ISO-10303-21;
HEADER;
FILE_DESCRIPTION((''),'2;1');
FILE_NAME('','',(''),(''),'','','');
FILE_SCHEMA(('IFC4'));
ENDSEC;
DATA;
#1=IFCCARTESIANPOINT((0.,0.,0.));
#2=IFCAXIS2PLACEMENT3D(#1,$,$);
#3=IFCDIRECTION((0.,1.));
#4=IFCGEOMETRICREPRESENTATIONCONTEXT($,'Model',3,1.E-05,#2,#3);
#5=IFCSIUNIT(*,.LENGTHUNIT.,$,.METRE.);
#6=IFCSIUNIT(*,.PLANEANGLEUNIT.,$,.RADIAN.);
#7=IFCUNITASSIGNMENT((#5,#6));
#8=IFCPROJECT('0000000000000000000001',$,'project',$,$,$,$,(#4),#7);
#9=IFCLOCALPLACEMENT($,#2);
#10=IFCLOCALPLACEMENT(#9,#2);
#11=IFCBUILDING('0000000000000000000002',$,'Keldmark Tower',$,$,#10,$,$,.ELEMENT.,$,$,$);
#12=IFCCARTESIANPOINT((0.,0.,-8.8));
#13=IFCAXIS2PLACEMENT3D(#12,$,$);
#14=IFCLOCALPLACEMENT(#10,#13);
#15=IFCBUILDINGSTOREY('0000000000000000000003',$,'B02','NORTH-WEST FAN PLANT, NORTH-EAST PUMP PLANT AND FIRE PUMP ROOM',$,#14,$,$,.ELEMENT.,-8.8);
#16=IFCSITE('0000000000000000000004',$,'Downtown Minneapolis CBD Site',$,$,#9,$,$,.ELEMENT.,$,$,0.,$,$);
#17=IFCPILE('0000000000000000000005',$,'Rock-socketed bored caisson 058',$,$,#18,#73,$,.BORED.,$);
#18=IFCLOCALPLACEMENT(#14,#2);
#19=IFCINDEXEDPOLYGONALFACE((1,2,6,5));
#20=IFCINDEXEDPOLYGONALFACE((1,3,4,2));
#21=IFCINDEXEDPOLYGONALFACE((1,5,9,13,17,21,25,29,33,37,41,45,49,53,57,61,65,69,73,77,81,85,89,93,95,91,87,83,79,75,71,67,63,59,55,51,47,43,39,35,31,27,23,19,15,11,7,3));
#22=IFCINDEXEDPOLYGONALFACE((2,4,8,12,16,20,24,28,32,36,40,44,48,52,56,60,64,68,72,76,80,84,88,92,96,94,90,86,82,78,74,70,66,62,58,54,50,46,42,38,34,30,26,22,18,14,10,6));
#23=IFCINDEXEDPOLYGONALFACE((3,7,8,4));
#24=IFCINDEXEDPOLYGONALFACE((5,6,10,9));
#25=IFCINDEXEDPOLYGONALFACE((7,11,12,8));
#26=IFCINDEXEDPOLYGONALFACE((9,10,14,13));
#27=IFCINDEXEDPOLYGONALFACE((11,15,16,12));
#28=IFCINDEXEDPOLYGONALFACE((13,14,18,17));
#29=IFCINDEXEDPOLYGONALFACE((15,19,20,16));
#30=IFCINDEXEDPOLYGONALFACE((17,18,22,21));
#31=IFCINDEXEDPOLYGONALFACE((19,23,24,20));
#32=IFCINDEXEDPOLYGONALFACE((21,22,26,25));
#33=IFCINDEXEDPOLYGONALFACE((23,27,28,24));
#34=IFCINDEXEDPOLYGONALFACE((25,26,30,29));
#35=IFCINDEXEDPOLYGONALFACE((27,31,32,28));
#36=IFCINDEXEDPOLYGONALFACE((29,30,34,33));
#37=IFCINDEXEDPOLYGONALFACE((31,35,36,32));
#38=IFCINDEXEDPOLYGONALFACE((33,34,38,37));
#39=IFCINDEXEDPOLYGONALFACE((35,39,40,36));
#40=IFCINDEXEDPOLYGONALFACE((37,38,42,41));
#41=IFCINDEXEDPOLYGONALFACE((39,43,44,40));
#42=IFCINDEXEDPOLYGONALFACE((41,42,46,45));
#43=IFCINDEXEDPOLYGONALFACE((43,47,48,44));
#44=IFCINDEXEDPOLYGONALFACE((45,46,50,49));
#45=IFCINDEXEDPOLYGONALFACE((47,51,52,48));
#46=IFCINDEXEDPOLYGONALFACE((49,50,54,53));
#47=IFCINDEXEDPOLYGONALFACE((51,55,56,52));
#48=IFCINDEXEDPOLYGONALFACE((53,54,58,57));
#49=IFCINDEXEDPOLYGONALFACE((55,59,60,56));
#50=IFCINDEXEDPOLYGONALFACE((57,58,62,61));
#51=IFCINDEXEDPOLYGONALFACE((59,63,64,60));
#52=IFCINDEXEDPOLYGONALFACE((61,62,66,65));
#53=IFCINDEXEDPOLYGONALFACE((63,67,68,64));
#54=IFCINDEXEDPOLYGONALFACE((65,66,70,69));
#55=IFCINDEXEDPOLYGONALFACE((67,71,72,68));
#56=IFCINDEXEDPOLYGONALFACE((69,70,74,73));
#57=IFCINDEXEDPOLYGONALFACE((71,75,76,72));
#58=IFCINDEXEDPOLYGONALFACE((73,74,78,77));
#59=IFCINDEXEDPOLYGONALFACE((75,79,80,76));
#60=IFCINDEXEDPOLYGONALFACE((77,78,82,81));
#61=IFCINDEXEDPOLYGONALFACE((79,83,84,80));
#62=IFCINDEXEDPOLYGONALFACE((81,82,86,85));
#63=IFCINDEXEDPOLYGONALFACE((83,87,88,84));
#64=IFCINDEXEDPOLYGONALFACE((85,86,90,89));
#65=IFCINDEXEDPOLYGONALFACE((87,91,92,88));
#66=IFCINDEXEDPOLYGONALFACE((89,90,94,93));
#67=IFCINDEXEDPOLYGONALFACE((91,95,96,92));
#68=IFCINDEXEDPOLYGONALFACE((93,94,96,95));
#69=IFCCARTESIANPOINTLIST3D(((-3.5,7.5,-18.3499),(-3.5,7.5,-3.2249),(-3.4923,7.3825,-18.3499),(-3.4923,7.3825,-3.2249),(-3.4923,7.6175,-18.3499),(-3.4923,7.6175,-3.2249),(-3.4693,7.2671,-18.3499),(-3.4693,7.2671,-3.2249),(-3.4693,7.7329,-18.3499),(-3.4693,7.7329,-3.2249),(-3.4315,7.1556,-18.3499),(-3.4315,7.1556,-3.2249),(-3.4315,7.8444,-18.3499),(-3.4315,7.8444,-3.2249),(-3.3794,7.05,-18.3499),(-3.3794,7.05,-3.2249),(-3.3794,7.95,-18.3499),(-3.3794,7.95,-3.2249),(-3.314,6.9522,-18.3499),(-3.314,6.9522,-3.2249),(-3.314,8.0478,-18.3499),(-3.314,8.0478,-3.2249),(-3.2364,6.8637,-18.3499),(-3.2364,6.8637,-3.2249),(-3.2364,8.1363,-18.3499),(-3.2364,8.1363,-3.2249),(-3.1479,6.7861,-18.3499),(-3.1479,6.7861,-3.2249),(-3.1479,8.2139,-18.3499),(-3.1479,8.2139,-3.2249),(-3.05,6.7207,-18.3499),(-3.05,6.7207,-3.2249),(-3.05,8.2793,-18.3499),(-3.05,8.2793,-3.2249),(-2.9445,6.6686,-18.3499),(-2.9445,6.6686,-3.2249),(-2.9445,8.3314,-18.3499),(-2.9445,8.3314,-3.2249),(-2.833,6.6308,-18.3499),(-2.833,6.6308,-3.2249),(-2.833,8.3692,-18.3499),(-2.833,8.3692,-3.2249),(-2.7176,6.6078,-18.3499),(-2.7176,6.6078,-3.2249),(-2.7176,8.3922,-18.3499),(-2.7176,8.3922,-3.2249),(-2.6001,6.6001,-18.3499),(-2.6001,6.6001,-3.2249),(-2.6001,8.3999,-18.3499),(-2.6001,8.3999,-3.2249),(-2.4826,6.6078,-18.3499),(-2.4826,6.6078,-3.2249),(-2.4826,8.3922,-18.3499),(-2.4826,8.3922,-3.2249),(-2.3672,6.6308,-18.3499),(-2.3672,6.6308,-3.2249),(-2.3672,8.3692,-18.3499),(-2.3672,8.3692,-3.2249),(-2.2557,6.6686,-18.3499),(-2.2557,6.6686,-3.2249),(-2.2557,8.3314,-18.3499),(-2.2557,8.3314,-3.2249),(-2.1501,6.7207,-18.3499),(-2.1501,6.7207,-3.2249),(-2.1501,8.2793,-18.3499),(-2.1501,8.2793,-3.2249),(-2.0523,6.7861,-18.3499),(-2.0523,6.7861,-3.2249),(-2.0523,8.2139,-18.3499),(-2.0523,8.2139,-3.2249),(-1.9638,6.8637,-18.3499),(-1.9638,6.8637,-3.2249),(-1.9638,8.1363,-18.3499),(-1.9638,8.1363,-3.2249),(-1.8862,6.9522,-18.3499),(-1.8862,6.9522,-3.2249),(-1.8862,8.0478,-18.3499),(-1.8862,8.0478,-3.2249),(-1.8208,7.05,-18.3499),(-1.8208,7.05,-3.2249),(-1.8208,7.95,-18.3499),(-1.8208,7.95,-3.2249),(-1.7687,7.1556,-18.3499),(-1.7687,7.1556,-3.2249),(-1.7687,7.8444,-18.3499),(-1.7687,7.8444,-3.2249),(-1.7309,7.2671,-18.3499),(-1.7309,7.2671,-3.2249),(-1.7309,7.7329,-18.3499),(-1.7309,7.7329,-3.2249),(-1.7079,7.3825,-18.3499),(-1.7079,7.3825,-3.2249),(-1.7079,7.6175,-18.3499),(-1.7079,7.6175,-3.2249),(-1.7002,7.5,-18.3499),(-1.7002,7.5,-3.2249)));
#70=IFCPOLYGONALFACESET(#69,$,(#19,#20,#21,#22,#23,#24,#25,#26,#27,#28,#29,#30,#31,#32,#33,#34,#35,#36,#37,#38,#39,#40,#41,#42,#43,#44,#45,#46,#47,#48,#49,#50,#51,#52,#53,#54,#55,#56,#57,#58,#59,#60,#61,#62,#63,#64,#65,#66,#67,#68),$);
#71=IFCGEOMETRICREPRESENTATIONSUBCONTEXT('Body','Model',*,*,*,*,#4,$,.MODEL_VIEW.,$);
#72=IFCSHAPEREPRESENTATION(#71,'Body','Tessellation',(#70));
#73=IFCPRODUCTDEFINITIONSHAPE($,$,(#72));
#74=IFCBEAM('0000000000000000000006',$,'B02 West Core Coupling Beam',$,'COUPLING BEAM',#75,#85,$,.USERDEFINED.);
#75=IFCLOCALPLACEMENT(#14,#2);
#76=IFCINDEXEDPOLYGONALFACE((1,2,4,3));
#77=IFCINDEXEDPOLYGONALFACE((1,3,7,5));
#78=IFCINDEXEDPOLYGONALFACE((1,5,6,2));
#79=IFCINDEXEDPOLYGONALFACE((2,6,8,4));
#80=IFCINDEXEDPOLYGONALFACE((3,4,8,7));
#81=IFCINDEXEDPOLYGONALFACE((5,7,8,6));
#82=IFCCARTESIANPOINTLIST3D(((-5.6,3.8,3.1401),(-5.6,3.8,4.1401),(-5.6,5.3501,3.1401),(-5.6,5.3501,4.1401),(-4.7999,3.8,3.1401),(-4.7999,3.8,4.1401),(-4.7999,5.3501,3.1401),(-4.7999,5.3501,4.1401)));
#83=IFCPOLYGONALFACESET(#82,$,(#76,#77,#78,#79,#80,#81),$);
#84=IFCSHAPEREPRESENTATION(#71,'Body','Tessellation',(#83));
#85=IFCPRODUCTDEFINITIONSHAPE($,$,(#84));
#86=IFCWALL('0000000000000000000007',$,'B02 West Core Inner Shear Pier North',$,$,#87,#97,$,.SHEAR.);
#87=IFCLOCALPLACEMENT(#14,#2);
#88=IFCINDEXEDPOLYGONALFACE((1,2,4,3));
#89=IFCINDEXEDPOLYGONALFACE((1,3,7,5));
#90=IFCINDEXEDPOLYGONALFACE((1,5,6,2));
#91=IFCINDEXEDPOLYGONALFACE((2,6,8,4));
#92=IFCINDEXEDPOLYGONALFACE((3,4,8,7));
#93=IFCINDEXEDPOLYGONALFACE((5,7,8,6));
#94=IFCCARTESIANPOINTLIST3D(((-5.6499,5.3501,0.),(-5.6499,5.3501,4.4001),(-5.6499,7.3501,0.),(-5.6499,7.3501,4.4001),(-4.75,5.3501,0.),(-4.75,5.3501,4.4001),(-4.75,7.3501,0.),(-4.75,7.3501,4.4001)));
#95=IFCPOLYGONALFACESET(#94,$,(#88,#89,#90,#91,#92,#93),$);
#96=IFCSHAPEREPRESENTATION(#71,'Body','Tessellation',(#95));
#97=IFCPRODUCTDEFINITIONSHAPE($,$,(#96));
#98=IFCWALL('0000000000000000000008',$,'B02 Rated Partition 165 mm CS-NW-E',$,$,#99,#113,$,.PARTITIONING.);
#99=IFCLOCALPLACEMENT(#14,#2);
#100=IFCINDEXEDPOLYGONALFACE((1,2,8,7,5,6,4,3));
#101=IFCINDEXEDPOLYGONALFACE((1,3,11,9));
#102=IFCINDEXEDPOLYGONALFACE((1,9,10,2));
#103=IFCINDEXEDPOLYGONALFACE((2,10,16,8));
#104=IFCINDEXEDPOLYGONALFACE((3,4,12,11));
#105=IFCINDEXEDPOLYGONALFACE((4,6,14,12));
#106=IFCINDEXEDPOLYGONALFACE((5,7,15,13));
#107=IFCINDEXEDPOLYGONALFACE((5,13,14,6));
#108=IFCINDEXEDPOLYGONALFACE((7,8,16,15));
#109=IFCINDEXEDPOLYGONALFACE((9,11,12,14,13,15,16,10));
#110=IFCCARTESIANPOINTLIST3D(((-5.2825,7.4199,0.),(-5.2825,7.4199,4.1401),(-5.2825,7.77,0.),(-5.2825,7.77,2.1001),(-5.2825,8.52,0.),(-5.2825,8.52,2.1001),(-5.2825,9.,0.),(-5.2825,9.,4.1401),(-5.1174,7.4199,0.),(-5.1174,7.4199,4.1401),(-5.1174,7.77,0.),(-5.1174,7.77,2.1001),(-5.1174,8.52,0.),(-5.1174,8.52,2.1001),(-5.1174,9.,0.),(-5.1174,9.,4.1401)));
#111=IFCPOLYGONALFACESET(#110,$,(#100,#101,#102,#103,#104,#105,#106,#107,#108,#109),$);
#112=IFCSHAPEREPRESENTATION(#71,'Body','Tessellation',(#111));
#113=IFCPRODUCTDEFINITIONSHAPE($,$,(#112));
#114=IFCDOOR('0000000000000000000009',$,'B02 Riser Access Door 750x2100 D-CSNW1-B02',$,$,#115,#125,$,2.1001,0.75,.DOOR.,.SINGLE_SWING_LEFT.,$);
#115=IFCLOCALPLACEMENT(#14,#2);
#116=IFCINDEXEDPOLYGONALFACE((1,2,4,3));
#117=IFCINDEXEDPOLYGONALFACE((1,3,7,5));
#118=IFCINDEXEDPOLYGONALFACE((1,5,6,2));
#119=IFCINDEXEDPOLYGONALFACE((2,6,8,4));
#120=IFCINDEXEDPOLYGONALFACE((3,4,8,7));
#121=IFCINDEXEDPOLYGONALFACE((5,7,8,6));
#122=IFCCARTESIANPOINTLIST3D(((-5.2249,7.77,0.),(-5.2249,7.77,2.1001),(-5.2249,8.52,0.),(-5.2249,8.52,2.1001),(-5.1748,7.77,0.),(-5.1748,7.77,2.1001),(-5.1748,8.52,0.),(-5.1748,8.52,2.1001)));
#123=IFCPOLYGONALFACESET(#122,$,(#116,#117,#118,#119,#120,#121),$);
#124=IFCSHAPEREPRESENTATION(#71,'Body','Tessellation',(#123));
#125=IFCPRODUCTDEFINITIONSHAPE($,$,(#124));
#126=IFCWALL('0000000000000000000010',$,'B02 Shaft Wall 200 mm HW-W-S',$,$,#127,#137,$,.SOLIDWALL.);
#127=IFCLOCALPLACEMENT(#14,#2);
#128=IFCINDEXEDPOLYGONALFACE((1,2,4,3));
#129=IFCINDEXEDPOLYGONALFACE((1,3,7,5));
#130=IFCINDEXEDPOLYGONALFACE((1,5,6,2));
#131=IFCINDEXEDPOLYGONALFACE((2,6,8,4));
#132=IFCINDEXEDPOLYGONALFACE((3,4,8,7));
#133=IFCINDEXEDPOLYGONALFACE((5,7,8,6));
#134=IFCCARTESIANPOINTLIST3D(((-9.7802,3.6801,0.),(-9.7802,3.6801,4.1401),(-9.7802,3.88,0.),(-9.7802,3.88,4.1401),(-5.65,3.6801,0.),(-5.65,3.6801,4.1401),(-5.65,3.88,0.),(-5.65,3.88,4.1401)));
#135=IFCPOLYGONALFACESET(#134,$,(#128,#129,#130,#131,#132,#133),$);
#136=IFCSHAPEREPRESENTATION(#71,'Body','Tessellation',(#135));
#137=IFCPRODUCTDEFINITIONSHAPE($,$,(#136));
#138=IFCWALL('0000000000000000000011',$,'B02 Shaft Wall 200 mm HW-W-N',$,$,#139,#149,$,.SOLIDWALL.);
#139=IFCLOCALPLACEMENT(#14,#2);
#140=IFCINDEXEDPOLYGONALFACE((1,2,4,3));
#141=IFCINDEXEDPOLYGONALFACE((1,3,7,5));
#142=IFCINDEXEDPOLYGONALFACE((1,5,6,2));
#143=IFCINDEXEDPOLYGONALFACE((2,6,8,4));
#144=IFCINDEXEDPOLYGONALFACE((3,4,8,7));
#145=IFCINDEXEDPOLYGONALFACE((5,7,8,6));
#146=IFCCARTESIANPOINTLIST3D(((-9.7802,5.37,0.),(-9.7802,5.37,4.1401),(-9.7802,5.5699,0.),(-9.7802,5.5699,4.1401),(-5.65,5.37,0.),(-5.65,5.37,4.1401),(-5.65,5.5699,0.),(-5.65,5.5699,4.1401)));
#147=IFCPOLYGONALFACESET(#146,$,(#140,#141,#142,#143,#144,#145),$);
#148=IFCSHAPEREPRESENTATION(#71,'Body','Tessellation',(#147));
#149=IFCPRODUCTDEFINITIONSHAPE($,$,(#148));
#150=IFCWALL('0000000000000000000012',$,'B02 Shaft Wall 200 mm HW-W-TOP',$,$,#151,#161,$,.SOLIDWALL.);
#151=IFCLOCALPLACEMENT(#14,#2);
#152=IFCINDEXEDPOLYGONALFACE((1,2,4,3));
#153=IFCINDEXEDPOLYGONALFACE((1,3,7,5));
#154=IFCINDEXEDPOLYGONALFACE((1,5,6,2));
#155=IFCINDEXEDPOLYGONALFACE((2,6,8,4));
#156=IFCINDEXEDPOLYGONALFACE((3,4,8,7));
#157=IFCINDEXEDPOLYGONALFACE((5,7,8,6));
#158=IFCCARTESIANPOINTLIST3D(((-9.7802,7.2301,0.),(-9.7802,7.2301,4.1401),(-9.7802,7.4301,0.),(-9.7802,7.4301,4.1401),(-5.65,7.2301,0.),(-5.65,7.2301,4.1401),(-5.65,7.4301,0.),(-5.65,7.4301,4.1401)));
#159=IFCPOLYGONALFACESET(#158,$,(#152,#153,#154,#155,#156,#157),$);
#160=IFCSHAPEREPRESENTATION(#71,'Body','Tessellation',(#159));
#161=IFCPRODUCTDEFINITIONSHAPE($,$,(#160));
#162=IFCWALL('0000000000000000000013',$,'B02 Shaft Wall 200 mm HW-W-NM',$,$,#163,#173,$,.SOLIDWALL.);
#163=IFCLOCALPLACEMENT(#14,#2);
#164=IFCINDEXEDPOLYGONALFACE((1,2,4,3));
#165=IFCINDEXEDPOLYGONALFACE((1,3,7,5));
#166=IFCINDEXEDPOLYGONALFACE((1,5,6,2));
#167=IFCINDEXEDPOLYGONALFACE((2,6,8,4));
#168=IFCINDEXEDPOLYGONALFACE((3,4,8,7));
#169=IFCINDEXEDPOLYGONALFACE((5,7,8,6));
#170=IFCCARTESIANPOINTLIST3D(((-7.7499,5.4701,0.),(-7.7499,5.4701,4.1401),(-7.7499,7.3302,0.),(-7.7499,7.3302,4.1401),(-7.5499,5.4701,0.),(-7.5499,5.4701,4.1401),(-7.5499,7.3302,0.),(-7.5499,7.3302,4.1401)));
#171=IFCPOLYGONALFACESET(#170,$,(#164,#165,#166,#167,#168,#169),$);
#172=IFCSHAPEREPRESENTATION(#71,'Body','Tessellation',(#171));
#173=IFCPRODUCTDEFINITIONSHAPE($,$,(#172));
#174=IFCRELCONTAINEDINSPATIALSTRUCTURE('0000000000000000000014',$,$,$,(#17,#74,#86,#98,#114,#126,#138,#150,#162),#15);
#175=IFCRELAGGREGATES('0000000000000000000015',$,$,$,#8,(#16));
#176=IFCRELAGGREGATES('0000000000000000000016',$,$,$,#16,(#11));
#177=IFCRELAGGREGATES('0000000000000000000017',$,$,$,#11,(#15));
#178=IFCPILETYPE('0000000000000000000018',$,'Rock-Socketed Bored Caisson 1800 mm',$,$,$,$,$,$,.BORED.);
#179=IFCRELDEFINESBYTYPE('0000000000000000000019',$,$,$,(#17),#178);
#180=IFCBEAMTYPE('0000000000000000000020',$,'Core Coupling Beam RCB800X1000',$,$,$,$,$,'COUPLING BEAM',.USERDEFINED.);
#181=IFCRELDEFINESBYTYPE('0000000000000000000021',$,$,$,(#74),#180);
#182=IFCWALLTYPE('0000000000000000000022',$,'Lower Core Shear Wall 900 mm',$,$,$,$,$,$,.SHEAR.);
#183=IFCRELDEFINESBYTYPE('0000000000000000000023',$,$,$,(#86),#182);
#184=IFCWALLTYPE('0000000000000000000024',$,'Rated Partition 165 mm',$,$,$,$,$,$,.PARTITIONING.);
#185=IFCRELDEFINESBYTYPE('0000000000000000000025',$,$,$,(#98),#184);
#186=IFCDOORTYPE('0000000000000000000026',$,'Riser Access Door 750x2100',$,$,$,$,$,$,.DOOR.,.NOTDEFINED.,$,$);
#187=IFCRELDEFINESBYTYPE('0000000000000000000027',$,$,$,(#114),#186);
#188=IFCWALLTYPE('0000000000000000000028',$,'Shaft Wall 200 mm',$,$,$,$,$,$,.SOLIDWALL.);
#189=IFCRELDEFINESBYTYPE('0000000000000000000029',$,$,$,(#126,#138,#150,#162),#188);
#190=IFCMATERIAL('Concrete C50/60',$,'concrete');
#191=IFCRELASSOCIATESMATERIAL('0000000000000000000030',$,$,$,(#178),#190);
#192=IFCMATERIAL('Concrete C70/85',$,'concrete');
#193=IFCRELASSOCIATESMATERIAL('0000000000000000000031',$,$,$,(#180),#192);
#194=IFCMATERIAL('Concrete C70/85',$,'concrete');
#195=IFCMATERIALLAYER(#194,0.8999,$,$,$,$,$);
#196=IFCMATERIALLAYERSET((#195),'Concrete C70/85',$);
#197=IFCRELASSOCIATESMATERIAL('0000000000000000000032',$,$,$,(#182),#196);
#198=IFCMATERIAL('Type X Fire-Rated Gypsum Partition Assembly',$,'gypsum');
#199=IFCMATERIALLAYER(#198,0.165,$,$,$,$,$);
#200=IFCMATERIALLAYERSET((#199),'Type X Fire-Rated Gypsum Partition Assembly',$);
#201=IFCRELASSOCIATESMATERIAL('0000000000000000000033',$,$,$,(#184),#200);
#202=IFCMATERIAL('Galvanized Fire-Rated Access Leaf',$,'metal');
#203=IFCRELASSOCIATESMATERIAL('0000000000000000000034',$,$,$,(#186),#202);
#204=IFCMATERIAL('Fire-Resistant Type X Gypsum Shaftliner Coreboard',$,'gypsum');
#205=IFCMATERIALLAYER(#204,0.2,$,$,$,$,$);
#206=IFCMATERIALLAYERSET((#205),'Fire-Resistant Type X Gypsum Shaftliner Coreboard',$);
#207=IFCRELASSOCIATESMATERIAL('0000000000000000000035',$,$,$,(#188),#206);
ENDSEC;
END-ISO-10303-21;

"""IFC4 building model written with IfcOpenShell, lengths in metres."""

from ifc_helpers import new_model, si_unit, direction, frame, frame_2d, origin, origin_2d, place, context, subcontext, project, spatial, rectangle, circle, extrude, material, layer, layer_set, material_profile, profile_set, type_object, element, fill, save


model = new_model("IFC4")

# Units and contexts
model_context = context("Model", 3, precision=1e-05, world=origin(), true_north=direction((0.0, 1.0)))
body_context = subcontext(model_context, "Body", "Model", "MODEL_VIEW")
ifc_project = project(units=[si_unit("LENGTHUNIT", "METRE"), si_unit("PLANEANGLEUNIT", "RADIAN")], contexts=[model_context])

# Site, building, storey
site_placement = place(None, origin())
site = spatial("IfcSite", under=ifc_project, at=site_placement, Name="Downtown Minneapolis CBD Site", CompositionType="ELEMENT", RefElevation=0.0)
building_placement = place(site_placement, origin())
building = spatial("IfcBuilding", under=site, at=building_placement, Name="Keldmark Tower", CompositionType="ELEMENT")
storey_placement = place(building_placement, frame((0.0, 0.0, -8.8)))
storey = spatial("IfcBuildingStorey", under=building, at=storey_placement, Name="B02", Description="NORTH-WEST FAN PLANT, NORTH-EAST PUMP PLANT AND FIRE PUMP ROOM", CompositionType="ELEMENT", Elevation=-8.8)

# Pile
ifc_material_1 = material(Name="Concrete C50/60", Category="concrete")
ifc_material_profile_1 = material_profile(ifc_material_1, circle(Radius=0.8999, at=origin_2d()), Name="CAISSON1800")
ifc_profile_set_1 = profile_set([ifc_material_profile_1], Name="Concrete C50/60")
pile_type = type_object("IfcPileType", Name="Rock-Socketed Bored Caisson 1800 mm", PredefinedType="BORED", material=ifc_profile_set_1)
for number, where, z_axis, x_axis, name in (
    (1, (-2.6001, 7.5, -3.2249), (0.0, 0.0, -1.0), (1.0, 0.0, 0.0), "Rock-socketed bored caisson 058"),
):
    element("IfcPile", number, at=place(storey_placement, frame(where, z_axis=z_axis, x_axis=x_axis)), inside=storey, type_object=pile_type, Name=name, PredefinedType="BORED", context=body_context, shape_type="SweptSolid", body=[
        extrude(circle(Radius=0.8999, at=origin_2d()), origin(), (0.0, 0.0, 1.0), 15.125),
    ])

# Beam
ifc_material_2 = material(Name="Concrete C70/85", Category="concrete")
ifc_material_profile_2 = material_profile(ifc_material_2, rectangle(XDim=0.8, YDim=1.0, at=origin_2d()), Name="RCB800X1000")
ifc_profile_set_2 = profile_set([ifc_material_profile_2], Name="Concrete C70/85")
beam_type = type_object("IfcBeamType", Name="Core Coupling Beam RCB800X1000", ElementType="COUPLING BEAM", PredefinedType="USERDEFINED", material=ifc_profile_set_2)
beam_placement = place(storey_placement, frame((-5.2, 3.8, 3.6401), z_axis=(0.0, 1.0, 0.0), x_axis=(-1.0, 0.0, 0.0)))
element("IfcBeam", 2, at=beam_placement, inside=storey, type_object=beam_type, Name="B02 West Core Coupling Beam", ObjectType="COUPLING BEAM", PredefinedType="USERDEFINED", context=body_context, shape_type="SweptSolid", body=[
    extrude(rectangle(XDim=0.8, YDim=1.0, at=origin_2d()), origin(), (0.0, 0.0, 1.0), 1.55),
])

# Wall
ifc_material_3 = material(Name="Concrete C70/85", Category="concrete")
ifc_layer_1 = layer(ifc_material_3, 0.8999)
ifc_layer_set_1 = layer_set([ifc_layer_1], Name="Concrete C70/85")
wall_type_1 = type_object("IfcWallType", Name="Lower Core Shear Wall 900 mm", PredefinedType="SHEAR", material=ifc_layer_set_1)
wall_1_placement = place(storey_placement, frame((-5.2, 5.3501, 0.0), z_axis=(0.0, 0.0, 1.0), x_axis=(0.0, 1.0, 0.0)))
element("IfcWall", 3, at=wall_1_placement, inside=storey, type_object=wall_type_1, Name="B02 West Core Inner Shear Pier North", PredefinedType="SHEAR", context=body_context, shape_type="SweptSolid", body=[
    extrude(rectangle(XDim=2.0, YDim=0.8999, at=frame_2d((1.0, 0.0))), origin(), (0.0, 0.0, 1.0), 4.4001),
])

# Wall, opening, door
ifc_material_4 = material(Name="Type X Fire-Rated Gypsum Partition Assembly", Category="gypsum")
ifc_layer_2 = layer(ifc_material_4, 0.165)
ifc_layer_set_2 = layer_set([ifc_layer_2], Name="Type X Fire-Rated Gypsum Partition Assembly")
wall_type_2 = type_object("IfcWallType", Name="Rated Partition 165 mm", PredefinedType="PARTITIONING", material=ifc_layer_set_2)
wall_2_placement = place(storey_placement, frame((-5.2, 7.4199, 0.0), z_axis=(0.0, 0.0, 1.0), x_axis=(0.0, 1.0, 0.0)))
wall_2 = element("IfcWall", 4, at=wall_2_placement, inside=storey, type_object=wall_type_2, Name="B02 Rated Partition 165 mm CS-NW-E", PredefinedType="PARTITIONING", context=body_context, shape_type="SweptSolid", body=[
    extrude(rectangle(XDim=1.5801, YDim=0.165, at=frame_2d((0.79, 0.0))), origin(), (0.0, 0.0, 1.0), 4.1401),
])
opening_1_placement = place(wall_2_placement, frame((0.3501, 0.0, 0.0)))
opening_1 = element("IfcOpeningElement", 5, at=opening_1_placement, cuts=wall_2, PredefinedType="OPENING", context=body_context, shape_type="SweptSolid", body=[
    extrude(rectangle(XDim=0.75, YDim=2.1001, at=frame_2d((0.375, 1.05))), frame((0.0, 0.0925, 0.0), z_axis=(0.0, -1.0, 0.0), x_axis=(1.0, 0.0, 0.0)), (0.0, 0.0, 1.0), 0.1851),
])
ifc_material_5 = material(Name="Galvanized Fire-Rated Access Leaf", Category="metal")
door_type_1 = type_object("IfcDoorType", Name="Riser Access Door 750x2100", OperationType="NOTDEFINED", PredefinedType="DOOR", material=ifc_material_5)
door_1_placement = place(opening_1_placement, origin())
door_1 = element("IfcDoor", 6, at=door_1_placement, inside=storey, type_object=door_type_1, Name="B02 Riser Access Door 750x2100 D-CSNW1-B02", OperationType="SINGLE_SWING_LEFT", OverallHeight=2.1001, OverallWidth=0.75, PredefinedType="DOOR", context=body_context, shape_type="SweptSolid", body=[
    extrude(rectangle(XDim=0.75, YDim=2.1001, at=frame_2d((0.375, 1.05))), frame((0.0, 0.0249, 0.0), z_axis=(0.0, -1.0, 0.0), x_axis=(1.0, 0.0, 0.0)), (0.0, 0.0, 1.0), 0.05),
])
fill(opening_1, door_1)

# Walls
ifc_material_6 = material(Name="Fire-Resistant Type X Gypsum Shaftliner Coreboard", Category="gypsum")
ifc_layer_3 = layer(ifc_material_6, 0.2)
ifc_layer_set_3 = layer_set([ifc_layer_3], Name="Fire-Resistant Type X Gypsum Shaftliner Coreboard")
wall_type_3 = type_object("IfcWallType", Name="Shaft Wall 200 mm", PredefinedType="SOLIDWALL", material=ifc_layer_set_3)
for number, where, z_axis, x_axis, name in (
    (7, (-9.78, 3.78, 0.0), (0.0, 0.0, 1.0), (1.0, 0.0, 0.0), "B02 Shaft Wall 200 mm HW-W-S"),
    (8, (-9.78, 5.47, 0.0), (0.0, 0.0, 1.0), (1.0, 0.0, 0.0), "B02 Shaft Wall 200 mm HW-W-N"),
    (9, (-9.78, 7.3301, 0.0), (0.0, 0.0, 1.0), (1.0, 0.0, 0.0), "B02 Shaft Wall 200 mm HW-W-TOP"),
):
    element("IfcWall", number, at=place(storey_placement, frame(where, z_axis=z_axis, x_axis=x_axis)), inside=storey, type_object=wall_type_3, Name=name, PredefinedType="SOLIDWALL", context=body_context, shape_type="SweptSolid", body=[
        extrude(rectangle(XDim=4.1301, YDim=0.2, at=frame_2d((2.0649, 0.0))), origin(), (0.0, 0.0, 1.0), 4.1401),
    ])
wall_3_placement = place(storey_placement, frame((-7.6499, 5.47, 0.0), z_axis=(0.0, 0.0, 1.0), x_axis=(0.0, 1.0, 0.0)))
element("IfcWall", 10, at=wall_3_placement, inside=storey, type_object=wall_type_3, Name="B02 Shaft Wall 200 mm HW-W-NM", PredefinedType="SOLIDWALL", context=body_context, shape_type="SweptSolid", body=[
    extrude(rectangle(XDim=1.8601, YDim=0.2, at=frame_2d((0.9302, 0.0))), origin(), (0.0, 0.0, 1.0), 4.1401),
])

save(model, "model.ifc")
